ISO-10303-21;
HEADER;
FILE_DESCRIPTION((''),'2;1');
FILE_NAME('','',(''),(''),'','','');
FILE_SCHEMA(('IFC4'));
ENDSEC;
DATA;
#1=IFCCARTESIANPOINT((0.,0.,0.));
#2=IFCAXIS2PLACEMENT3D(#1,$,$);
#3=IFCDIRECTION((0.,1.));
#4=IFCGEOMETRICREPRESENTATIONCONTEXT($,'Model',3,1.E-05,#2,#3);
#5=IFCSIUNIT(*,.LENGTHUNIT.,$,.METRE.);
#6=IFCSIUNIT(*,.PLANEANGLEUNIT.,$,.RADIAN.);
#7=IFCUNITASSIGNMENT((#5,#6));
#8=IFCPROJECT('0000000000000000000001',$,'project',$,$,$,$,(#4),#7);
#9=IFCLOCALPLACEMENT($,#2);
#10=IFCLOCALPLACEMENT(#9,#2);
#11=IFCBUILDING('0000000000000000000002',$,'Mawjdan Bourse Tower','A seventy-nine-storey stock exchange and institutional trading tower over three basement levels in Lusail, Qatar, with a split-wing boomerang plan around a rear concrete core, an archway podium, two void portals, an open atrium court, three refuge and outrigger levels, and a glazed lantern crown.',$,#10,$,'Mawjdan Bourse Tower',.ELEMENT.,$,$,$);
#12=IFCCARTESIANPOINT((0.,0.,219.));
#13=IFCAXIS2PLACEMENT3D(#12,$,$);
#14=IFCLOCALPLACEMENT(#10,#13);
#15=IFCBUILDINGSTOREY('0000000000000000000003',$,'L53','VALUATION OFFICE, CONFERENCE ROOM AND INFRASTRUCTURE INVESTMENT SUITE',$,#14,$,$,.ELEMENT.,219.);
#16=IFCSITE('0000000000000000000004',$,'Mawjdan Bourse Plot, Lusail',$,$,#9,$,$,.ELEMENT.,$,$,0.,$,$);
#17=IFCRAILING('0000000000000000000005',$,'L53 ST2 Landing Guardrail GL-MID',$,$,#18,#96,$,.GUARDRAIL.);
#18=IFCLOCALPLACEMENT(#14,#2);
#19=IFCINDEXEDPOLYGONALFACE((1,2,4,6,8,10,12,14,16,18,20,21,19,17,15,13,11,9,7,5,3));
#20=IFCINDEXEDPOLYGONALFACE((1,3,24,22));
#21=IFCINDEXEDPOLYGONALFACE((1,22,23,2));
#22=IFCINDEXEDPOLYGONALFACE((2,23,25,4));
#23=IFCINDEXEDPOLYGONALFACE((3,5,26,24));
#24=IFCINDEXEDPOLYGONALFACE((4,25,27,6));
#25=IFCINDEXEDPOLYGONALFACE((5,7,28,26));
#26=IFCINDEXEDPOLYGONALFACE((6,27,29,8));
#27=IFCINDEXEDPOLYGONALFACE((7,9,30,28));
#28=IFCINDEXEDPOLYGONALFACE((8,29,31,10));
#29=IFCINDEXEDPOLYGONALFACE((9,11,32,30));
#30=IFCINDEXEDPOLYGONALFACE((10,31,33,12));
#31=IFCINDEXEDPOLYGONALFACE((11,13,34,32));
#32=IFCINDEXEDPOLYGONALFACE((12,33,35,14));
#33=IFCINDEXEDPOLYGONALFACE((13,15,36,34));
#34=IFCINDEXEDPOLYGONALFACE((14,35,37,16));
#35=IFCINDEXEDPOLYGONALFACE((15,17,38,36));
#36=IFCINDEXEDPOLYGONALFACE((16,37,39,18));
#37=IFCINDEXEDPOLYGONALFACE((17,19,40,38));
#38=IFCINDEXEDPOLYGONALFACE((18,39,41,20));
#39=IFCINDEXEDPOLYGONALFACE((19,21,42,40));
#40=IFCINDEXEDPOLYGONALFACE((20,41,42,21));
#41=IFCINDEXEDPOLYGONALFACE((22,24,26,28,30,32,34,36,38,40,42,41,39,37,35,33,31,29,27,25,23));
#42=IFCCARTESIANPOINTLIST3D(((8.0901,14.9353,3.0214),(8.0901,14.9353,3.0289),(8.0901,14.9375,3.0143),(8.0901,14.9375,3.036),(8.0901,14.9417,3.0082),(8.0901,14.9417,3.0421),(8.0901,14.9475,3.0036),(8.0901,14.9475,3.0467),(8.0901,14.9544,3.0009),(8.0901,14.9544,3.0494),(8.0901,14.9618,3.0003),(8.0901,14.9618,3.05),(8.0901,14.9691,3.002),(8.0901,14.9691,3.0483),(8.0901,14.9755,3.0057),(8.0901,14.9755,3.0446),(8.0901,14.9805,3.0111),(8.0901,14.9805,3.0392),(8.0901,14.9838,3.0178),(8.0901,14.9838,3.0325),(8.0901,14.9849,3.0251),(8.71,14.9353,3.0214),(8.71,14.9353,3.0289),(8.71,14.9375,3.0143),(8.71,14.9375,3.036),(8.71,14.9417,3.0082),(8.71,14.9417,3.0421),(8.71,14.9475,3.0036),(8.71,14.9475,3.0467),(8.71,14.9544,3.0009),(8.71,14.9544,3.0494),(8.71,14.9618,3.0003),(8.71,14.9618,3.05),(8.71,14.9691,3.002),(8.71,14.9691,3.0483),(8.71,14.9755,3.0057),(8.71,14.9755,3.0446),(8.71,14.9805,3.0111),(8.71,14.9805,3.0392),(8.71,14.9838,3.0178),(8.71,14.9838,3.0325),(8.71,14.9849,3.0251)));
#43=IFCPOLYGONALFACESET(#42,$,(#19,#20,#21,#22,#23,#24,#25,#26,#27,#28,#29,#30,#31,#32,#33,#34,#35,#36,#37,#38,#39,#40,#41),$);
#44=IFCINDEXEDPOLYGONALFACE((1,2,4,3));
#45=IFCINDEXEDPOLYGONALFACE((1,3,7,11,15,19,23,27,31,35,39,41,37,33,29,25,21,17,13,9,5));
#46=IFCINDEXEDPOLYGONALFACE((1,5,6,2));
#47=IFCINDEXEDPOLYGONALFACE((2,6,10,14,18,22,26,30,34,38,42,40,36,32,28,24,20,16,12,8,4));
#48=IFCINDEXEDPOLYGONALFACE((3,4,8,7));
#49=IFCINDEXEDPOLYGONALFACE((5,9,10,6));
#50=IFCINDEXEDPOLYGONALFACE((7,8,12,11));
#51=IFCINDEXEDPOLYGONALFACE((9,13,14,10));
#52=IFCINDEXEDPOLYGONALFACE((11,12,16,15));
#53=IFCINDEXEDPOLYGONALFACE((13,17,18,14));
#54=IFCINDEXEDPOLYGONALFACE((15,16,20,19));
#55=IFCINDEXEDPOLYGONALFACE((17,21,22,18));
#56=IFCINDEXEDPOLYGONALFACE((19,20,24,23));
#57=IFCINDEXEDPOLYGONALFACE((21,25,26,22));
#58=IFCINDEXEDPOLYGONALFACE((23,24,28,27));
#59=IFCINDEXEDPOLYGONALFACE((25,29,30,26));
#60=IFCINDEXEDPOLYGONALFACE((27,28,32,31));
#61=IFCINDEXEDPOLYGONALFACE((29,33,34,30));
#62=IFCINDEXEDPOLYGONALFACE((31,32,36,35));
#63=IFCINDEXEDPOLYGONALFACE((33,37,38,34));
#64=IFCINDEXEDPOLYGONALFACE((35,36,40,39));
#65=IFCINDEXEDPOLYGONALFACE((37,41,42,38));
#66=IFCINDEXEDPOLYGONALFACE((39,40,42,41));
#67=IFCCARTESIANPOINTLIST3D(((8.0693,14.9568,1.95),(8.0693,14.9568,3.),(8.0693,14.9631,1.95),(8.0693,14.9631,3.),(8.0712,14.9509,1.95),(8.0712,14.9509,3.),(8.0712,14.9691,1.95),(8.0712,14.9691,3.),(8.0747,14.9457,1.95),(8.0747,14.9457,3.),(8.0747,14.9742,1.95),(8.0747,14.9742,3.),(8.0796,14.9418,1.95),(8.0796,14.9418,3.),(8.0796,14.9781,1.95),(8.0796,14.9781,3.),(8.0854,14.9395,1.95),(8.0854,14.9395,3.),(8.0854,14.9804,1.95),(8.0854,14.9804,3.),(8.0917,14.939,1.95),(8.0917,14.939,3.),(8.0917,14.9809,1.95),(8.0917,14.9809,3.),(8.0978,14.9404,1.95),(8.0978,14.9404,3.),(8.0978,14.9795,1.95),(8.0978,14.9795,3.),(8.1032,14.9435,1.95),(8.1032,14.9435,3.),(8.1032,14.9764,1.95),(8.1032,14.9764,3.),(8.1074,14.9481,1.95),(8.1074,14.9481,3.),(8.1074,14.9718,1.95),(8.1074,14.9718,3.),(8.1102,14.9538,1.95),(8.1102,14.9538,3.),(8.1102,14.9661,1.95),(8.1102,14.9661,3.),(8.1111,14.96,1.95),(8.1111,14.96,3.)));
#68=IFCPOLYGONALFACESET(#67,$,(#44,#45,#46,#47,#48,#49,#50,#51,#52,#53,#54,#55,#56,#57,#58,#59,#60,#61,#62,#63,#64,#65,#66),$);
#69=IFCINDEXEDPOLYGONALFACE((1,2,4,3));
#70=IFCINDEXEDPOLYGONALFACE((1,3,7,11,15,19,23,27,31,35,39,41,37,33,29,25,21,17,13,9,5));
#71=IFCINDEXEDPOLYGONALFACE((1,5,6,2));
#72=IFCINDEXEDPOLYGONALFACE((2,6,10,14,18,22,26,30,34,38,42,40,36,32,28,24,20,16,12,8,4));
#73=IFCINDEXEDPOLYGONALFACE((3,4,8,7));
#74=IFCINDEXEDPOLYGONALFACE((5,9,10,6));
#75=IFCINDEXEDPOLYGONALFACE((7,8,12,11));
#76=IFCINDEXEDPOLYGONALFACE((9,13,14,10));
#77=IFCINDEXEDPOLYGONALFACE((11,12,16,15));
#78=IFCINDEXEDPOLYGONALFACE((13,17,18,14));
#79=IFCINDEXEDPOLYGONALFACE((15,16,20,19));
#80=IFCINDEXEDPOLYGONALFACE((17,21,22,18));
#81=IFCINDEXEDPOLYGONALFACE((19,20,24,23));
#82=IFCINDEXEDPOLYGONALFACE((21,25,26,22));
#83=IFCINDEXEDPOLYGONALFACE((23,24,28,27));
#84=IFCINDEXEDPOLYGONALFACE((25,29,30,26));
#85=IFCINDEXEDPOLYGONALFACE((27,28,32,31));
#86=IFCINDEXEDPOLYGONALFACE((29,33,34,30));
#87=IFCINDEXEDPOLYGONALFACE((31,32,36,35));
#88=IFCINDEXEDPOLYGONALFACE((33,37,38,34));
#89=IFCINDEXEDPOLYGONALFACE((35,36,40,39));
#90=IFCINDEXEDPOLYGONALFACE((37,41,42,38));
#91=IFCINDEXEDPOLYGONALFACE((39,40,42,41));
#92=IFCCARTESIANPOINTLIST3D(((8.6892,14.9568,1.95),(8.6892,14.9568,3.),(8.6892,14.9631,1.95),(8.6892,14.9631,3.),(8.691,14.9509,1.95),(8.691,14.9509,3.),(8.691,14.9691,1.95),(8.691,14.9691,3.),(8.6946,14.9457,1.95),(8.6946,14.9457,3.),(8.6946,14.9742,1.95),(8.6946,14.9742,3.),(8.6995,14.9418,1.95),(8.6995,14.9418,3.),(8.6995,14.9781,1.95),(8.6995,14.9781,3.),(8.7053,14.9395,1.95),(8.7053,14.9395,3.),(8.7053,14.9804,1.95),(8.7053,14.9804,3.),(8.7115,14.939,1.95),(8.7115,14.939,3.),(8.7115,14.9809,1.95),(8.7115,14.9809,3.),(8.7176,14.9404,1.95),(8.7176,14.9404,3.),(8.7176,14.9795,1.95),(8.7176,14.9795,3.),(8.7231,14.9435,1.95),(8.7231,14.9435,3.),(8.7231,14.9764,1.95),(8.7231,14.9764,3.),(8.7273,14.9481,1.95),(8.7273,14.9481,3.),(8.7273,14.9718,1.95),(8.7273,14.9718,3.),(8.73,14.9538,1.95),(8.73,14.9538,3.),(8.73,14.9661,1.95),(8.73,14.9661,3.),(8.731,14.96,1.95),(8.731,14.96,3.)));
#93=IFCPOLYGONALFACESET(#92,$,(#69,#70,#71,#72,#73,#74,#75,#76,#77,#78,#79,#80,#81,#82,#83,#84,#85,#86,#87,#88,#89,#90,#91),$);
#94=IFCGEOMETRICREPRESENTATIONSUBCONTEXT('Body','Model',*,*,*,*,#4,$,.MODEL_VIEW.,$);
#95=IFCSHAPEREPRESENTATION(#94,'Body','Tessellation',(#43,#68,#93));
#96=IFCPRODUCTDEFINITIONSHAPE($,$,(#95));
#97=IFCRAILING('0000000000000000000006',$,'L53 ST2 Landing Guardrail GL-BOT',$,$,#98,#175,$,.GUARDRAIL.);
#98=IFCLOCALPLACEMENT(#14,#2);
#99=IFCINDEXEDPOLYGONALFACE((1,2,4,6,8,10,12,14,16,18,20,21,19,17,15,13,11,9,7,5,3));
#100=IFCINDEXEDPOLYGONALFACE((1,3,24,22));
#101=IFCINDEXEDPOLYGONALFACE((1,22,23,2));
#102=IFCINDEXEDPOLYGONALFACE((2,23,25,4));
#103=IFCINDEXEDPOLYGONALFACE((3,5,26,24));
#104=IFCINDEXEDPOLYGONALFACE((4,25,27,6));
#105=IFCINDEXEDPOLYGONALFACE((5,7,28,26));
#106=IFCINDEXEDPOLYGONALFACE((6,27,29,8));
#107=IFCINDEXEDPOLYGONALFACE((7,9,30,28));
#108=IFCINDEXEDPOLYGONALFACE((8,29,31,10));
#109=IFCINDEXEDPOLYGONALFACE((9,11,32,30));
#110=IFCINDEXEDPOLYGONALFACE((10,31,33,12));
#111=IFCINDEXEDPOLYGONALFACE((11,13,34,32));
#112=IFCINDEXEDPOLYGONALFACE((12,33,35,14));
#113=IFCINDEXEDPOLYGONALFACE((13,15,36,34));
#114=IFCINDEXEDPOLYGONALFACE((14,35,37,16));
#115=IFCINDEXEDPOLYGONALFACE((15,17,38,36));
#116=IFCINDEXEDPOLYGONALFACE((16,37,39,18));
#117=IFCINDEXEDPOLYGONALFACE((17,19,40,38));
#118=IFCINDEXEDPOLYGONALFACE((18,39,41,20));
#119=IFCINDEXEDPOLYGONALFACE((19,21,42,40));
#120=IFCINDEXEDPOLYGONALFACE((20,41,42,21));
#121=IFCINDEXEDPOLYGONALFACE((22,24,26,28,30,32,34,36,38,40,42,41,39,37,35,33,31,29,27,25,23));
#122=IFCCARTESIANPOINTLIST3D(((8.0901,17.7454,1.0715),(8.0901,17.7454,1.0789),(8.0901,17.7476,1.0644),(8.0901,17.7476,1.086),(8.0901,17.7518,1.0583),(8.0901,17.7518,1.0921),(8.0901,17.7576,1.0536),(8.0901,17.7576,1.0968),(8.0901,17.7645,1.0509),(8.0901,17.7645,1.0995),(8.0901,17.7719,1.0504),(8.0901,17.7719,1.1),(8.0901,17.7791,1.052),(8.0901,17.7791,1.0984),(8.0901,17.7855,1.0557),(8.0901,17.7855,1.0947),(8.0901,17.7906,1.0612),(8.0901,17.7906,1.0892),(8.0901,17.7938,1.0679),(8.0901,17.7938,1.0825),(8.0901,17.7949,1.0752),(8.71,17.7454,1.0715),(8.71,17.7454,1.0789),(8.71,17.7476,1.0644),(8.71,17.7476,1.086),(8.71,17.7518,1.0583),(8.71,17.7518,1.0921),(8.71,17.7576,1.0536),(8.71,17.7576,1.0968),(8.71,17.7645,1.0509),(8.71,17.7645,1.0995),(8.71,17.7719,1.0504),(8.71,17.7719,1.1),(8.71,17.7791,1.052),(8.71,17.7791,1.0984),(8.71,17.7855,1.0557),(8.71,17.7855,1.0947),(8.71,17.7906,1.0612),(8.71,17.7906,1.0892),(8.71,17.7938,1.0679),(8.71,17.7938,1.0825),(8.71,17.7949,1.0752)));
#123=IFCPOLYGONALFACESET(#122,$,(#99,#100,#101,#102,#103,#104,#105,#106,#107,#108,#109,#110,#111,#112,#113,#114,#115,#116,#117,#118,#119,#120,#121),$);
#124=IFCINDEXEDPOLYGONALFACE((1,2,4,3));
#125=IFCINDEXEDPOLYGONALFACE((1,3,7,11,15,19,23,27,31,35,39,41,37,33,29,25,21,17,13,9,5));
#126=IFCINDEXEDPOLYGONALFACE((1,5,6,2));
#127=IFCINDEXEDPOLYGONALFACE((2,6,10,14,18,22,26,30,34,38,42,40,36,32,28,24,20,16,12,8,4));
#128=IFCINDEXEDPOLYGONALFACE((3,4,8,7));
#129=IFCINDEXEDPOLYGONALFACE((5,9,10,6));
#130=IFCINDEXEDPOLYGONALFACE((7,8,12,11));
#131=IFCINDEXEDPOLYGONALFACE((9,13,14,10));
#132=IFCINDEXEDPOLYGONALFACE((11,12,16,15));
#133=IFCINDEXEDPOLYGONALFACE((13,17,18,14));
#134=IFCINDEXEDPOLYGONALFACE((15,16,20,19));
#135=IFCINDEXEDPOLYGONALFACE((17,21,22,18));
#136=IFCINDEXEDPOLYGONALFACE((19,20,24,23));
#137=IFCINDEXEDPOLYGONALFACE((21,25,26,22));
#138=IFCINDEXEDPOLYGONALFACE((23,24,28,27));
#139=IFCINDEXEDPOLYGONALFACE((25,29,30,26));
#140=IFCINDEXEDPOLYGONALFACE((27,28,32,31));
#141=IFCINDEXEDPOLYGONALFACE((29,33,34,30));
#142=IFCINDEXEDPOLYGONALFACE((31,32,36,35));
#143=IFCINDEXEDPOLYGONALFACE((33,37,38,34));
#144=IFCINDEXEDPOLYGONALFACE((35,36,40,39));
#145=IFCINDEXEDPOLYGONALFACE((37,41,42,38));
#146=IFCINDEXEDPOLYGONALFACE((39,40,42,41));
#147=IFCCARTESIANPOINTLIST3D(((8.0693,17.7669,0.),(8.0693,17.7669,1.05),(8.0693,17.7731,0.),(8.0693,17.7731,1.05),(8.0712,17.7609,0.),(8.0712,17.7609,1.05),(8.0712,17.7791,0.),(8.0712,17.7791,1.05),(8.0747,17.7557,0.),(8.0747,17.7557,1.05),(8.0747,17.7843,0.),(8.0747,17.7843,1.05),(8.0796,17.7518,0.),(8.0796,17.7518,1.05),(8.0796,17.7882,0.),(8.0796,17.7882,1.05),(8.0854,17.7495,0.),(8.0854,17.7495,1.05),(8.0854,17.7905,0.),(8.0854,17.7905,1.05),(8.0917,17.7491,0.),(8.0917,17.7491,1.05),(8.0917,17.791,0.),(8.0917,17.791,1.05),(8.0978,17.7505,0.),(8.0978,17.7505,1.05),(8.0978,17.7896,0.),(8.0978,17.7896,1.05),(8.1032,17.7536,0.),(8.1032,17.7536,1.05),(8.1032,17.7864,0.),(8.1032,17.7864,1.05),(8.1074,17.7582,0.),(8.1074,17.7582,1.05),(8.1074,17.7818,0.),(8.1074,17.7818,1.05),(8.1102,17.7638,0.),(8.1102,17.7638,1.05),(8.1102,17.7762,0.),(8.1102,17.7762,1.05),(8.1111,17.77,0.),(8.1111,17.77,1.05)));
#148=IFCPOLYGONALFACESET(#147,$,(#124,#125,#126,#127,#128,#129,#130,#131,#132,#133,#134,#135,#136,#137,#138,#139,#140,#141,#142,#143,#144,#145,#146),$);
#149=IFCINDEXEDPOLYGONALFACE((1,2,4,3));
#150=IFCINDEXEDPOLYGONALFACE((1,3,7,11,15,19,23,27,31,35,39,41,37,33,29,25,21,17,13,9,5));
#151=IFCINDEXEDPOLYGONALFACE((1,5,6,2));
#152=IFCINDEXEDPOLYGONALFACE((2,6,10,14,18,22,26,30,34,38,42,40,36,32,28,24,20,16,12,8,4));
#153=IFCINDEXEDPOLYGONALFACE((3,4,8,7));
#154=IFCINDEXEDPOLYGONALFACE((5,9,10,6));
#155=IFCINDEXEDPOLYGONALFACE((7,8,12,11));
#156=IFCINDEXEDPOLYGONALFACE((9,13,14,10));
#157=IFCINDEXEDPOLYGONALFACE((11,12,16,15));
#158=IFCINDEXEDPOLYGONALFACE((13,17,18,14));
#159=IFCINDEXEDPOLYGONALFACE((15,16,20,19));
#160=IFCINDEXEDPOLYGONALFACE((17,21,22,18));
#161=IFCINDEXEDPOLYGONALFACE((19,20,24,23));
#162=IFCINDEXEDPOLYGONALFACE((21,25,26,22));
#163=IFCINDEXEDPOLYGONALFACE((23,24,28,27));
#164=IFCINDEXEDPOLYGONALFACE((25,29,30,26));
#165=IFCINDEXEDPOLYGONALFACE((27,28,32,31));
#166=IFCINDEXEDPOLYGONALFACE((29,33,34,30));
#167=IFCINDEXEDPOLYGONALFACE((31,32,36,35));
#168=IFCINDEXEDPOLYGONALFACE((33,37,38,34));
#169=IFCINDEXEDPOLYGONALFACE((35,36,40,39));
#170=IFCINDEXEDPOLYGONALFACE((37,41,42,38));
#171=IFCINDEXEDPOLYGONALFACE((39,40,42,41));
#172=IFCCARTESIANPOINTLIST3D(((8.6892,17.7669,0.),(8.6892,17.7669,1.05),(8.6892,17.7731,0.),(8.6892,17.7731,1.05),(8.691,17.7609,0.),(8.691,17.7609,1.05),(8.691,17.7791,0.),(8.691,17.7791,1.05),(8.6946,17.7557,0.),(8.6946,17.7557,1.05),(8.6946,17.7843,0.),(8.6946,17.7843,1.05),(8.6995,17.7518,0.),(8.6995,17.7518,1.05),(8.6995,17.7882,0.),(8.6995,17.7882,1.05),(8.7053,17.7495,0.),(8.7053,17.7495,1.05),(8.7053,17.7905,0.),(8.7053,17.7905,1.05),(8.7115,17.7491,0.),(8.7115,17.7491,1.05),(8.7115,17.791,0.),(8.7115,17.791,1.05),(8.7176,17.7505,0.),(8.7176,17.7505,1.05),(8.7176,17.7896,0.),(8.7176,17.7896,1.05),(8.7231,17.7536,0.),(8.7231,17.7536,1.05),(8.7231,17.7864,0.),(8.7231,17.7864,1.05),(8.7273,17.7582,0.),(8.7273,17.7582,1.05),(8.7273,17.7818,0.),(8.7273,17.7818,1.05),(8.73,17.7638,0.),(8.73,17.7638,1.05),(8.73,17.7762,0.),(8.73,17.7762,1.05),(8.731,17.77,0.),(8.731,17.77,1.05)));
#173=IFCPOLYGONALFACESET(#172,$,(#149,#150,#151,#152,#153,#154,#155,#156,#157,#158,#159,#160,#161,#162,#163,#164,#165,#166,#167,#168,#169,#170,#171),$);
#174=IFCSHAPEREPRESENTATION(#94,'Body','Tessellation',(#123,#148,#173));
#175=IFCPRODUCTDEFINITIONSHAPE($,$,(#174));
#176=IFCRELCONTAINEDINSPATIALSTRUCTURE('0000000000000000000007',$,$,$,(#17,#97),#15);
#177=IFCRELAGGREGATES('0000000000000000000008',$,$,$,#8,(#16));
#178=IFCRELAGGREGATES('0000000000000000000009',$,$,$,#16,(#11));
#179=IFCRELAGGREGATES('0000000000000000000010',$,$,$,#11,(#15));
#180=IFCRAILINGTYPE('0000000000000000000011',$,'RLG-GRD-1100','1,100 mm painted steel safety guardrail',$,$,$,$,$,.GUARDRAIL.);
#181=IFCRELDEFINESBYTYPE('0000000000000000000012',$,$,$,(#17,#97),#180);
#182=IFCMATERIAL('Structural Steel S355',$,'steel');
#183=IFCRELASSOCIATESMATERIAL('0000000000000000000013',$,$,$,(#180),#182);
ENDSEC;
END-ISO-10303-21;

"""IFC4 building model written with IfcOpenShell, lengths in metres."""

from ifc_helpers import new_model, si_unit, direction, frame, origin, origin_2d, place, context, subcontext, project, spatial, circle, extrude, material, type_object, element, save


model = new_model("IFC4")

# Units and contexts
model_context = context("Model", 3, precision=1e-05, world=origin(), true_north=direction((0.0, 1.0)))
body_context = subcontext(model_context, "Body", "Model", "MODEL_VIEW")
ifc_project = project(units=[si_unit("LENGTHUNIT", "METRE"), si_unit("PLANEANGLEUNIT", "RADIAN")], contexts=[model_context])

# Site, building, storey
site_placement = place(None, origin())
site = spatial("IfcSite", under=ifc_project, at=site_placement, Name="Mawjdan Bourse Plot, Lusail", CompositionType="ELEMENT", RefElevation=0.0)
building_placement = place(site_placement, origin())
building = spatial("IfcBuilding", under=site, at=building_placement, Name="Mawjdan Bourse Tower", Description="A seventy-nine-storey stock exchange and institutional trading tower over three basement levels in Lusail, Qatar, with a split-wing boomerang plan around a rear concrete core, an archway podium, two void portals, an open atrium court, three refuge and outrigger levels, and a glazed lantern crown.", LongName="Mawjdan Bourse Tower", CompositionType="ELEMENT")
storey_placement = place(building_placement, frame((0.0, 0.0, 219.0)))
storey = spatial("IfcBuildingStorey", under=building, at=storey_placement, Name="L53", Description="VALUATION OFFICE, CONFERENCE ROOM AND INFRASTRUCTURE INVESTMENT SUITE", CompositionType="ELEMENT", Elevation=219.0)

# Railings
ifc_material_1 = material(Name="Structural Steel S355", Category="steel")
railing_type_1 = type_object("IfcRailingType", Name="RLG-GRD-1100", Description="1,100 mm painted steel safety guardrail", PredefinedType="GUARDRAIL", material=ifc_material_1)
for number, where, name in (
    (1, (8.0901, 14.96, 1.95), "L53 ST2 Landing Guardrail GL-MID"),
    (2, (8.0901, 17.77, 0.0), "L53 ST2 Landing Guardrail GL-BOT"),
):
    element("IfcRailing", number, at=place(storey_placement, frame(where)), inside=storey, type_object=railing_type_1, Name=name, PredefinedType="GUARDRAIL", context=body_context, shape_type="SweptSolid", body=[
        extrude(circle(Radius=0.0249, at=origin_2d()), frame((0.0, 0.0, 1.0752), z_axis=(1.0, 0.0, 0.0), x_axis=(0.0, 1.0, 0.0)), (0.0, 0.0, 1.0), 0.6199),
        extrude(circle(Radius=0.021, at=origin_2d()), origin(), (0.0, 0.0, 1.0), 1.05),
        extrude(circle(Radius=0.021, at=origin_2d()), frame((0.6199, 0.0, 0.0)), (0.0, 0.0, 1.0), 1.05),
    ])

save(model, "model.ifc")
